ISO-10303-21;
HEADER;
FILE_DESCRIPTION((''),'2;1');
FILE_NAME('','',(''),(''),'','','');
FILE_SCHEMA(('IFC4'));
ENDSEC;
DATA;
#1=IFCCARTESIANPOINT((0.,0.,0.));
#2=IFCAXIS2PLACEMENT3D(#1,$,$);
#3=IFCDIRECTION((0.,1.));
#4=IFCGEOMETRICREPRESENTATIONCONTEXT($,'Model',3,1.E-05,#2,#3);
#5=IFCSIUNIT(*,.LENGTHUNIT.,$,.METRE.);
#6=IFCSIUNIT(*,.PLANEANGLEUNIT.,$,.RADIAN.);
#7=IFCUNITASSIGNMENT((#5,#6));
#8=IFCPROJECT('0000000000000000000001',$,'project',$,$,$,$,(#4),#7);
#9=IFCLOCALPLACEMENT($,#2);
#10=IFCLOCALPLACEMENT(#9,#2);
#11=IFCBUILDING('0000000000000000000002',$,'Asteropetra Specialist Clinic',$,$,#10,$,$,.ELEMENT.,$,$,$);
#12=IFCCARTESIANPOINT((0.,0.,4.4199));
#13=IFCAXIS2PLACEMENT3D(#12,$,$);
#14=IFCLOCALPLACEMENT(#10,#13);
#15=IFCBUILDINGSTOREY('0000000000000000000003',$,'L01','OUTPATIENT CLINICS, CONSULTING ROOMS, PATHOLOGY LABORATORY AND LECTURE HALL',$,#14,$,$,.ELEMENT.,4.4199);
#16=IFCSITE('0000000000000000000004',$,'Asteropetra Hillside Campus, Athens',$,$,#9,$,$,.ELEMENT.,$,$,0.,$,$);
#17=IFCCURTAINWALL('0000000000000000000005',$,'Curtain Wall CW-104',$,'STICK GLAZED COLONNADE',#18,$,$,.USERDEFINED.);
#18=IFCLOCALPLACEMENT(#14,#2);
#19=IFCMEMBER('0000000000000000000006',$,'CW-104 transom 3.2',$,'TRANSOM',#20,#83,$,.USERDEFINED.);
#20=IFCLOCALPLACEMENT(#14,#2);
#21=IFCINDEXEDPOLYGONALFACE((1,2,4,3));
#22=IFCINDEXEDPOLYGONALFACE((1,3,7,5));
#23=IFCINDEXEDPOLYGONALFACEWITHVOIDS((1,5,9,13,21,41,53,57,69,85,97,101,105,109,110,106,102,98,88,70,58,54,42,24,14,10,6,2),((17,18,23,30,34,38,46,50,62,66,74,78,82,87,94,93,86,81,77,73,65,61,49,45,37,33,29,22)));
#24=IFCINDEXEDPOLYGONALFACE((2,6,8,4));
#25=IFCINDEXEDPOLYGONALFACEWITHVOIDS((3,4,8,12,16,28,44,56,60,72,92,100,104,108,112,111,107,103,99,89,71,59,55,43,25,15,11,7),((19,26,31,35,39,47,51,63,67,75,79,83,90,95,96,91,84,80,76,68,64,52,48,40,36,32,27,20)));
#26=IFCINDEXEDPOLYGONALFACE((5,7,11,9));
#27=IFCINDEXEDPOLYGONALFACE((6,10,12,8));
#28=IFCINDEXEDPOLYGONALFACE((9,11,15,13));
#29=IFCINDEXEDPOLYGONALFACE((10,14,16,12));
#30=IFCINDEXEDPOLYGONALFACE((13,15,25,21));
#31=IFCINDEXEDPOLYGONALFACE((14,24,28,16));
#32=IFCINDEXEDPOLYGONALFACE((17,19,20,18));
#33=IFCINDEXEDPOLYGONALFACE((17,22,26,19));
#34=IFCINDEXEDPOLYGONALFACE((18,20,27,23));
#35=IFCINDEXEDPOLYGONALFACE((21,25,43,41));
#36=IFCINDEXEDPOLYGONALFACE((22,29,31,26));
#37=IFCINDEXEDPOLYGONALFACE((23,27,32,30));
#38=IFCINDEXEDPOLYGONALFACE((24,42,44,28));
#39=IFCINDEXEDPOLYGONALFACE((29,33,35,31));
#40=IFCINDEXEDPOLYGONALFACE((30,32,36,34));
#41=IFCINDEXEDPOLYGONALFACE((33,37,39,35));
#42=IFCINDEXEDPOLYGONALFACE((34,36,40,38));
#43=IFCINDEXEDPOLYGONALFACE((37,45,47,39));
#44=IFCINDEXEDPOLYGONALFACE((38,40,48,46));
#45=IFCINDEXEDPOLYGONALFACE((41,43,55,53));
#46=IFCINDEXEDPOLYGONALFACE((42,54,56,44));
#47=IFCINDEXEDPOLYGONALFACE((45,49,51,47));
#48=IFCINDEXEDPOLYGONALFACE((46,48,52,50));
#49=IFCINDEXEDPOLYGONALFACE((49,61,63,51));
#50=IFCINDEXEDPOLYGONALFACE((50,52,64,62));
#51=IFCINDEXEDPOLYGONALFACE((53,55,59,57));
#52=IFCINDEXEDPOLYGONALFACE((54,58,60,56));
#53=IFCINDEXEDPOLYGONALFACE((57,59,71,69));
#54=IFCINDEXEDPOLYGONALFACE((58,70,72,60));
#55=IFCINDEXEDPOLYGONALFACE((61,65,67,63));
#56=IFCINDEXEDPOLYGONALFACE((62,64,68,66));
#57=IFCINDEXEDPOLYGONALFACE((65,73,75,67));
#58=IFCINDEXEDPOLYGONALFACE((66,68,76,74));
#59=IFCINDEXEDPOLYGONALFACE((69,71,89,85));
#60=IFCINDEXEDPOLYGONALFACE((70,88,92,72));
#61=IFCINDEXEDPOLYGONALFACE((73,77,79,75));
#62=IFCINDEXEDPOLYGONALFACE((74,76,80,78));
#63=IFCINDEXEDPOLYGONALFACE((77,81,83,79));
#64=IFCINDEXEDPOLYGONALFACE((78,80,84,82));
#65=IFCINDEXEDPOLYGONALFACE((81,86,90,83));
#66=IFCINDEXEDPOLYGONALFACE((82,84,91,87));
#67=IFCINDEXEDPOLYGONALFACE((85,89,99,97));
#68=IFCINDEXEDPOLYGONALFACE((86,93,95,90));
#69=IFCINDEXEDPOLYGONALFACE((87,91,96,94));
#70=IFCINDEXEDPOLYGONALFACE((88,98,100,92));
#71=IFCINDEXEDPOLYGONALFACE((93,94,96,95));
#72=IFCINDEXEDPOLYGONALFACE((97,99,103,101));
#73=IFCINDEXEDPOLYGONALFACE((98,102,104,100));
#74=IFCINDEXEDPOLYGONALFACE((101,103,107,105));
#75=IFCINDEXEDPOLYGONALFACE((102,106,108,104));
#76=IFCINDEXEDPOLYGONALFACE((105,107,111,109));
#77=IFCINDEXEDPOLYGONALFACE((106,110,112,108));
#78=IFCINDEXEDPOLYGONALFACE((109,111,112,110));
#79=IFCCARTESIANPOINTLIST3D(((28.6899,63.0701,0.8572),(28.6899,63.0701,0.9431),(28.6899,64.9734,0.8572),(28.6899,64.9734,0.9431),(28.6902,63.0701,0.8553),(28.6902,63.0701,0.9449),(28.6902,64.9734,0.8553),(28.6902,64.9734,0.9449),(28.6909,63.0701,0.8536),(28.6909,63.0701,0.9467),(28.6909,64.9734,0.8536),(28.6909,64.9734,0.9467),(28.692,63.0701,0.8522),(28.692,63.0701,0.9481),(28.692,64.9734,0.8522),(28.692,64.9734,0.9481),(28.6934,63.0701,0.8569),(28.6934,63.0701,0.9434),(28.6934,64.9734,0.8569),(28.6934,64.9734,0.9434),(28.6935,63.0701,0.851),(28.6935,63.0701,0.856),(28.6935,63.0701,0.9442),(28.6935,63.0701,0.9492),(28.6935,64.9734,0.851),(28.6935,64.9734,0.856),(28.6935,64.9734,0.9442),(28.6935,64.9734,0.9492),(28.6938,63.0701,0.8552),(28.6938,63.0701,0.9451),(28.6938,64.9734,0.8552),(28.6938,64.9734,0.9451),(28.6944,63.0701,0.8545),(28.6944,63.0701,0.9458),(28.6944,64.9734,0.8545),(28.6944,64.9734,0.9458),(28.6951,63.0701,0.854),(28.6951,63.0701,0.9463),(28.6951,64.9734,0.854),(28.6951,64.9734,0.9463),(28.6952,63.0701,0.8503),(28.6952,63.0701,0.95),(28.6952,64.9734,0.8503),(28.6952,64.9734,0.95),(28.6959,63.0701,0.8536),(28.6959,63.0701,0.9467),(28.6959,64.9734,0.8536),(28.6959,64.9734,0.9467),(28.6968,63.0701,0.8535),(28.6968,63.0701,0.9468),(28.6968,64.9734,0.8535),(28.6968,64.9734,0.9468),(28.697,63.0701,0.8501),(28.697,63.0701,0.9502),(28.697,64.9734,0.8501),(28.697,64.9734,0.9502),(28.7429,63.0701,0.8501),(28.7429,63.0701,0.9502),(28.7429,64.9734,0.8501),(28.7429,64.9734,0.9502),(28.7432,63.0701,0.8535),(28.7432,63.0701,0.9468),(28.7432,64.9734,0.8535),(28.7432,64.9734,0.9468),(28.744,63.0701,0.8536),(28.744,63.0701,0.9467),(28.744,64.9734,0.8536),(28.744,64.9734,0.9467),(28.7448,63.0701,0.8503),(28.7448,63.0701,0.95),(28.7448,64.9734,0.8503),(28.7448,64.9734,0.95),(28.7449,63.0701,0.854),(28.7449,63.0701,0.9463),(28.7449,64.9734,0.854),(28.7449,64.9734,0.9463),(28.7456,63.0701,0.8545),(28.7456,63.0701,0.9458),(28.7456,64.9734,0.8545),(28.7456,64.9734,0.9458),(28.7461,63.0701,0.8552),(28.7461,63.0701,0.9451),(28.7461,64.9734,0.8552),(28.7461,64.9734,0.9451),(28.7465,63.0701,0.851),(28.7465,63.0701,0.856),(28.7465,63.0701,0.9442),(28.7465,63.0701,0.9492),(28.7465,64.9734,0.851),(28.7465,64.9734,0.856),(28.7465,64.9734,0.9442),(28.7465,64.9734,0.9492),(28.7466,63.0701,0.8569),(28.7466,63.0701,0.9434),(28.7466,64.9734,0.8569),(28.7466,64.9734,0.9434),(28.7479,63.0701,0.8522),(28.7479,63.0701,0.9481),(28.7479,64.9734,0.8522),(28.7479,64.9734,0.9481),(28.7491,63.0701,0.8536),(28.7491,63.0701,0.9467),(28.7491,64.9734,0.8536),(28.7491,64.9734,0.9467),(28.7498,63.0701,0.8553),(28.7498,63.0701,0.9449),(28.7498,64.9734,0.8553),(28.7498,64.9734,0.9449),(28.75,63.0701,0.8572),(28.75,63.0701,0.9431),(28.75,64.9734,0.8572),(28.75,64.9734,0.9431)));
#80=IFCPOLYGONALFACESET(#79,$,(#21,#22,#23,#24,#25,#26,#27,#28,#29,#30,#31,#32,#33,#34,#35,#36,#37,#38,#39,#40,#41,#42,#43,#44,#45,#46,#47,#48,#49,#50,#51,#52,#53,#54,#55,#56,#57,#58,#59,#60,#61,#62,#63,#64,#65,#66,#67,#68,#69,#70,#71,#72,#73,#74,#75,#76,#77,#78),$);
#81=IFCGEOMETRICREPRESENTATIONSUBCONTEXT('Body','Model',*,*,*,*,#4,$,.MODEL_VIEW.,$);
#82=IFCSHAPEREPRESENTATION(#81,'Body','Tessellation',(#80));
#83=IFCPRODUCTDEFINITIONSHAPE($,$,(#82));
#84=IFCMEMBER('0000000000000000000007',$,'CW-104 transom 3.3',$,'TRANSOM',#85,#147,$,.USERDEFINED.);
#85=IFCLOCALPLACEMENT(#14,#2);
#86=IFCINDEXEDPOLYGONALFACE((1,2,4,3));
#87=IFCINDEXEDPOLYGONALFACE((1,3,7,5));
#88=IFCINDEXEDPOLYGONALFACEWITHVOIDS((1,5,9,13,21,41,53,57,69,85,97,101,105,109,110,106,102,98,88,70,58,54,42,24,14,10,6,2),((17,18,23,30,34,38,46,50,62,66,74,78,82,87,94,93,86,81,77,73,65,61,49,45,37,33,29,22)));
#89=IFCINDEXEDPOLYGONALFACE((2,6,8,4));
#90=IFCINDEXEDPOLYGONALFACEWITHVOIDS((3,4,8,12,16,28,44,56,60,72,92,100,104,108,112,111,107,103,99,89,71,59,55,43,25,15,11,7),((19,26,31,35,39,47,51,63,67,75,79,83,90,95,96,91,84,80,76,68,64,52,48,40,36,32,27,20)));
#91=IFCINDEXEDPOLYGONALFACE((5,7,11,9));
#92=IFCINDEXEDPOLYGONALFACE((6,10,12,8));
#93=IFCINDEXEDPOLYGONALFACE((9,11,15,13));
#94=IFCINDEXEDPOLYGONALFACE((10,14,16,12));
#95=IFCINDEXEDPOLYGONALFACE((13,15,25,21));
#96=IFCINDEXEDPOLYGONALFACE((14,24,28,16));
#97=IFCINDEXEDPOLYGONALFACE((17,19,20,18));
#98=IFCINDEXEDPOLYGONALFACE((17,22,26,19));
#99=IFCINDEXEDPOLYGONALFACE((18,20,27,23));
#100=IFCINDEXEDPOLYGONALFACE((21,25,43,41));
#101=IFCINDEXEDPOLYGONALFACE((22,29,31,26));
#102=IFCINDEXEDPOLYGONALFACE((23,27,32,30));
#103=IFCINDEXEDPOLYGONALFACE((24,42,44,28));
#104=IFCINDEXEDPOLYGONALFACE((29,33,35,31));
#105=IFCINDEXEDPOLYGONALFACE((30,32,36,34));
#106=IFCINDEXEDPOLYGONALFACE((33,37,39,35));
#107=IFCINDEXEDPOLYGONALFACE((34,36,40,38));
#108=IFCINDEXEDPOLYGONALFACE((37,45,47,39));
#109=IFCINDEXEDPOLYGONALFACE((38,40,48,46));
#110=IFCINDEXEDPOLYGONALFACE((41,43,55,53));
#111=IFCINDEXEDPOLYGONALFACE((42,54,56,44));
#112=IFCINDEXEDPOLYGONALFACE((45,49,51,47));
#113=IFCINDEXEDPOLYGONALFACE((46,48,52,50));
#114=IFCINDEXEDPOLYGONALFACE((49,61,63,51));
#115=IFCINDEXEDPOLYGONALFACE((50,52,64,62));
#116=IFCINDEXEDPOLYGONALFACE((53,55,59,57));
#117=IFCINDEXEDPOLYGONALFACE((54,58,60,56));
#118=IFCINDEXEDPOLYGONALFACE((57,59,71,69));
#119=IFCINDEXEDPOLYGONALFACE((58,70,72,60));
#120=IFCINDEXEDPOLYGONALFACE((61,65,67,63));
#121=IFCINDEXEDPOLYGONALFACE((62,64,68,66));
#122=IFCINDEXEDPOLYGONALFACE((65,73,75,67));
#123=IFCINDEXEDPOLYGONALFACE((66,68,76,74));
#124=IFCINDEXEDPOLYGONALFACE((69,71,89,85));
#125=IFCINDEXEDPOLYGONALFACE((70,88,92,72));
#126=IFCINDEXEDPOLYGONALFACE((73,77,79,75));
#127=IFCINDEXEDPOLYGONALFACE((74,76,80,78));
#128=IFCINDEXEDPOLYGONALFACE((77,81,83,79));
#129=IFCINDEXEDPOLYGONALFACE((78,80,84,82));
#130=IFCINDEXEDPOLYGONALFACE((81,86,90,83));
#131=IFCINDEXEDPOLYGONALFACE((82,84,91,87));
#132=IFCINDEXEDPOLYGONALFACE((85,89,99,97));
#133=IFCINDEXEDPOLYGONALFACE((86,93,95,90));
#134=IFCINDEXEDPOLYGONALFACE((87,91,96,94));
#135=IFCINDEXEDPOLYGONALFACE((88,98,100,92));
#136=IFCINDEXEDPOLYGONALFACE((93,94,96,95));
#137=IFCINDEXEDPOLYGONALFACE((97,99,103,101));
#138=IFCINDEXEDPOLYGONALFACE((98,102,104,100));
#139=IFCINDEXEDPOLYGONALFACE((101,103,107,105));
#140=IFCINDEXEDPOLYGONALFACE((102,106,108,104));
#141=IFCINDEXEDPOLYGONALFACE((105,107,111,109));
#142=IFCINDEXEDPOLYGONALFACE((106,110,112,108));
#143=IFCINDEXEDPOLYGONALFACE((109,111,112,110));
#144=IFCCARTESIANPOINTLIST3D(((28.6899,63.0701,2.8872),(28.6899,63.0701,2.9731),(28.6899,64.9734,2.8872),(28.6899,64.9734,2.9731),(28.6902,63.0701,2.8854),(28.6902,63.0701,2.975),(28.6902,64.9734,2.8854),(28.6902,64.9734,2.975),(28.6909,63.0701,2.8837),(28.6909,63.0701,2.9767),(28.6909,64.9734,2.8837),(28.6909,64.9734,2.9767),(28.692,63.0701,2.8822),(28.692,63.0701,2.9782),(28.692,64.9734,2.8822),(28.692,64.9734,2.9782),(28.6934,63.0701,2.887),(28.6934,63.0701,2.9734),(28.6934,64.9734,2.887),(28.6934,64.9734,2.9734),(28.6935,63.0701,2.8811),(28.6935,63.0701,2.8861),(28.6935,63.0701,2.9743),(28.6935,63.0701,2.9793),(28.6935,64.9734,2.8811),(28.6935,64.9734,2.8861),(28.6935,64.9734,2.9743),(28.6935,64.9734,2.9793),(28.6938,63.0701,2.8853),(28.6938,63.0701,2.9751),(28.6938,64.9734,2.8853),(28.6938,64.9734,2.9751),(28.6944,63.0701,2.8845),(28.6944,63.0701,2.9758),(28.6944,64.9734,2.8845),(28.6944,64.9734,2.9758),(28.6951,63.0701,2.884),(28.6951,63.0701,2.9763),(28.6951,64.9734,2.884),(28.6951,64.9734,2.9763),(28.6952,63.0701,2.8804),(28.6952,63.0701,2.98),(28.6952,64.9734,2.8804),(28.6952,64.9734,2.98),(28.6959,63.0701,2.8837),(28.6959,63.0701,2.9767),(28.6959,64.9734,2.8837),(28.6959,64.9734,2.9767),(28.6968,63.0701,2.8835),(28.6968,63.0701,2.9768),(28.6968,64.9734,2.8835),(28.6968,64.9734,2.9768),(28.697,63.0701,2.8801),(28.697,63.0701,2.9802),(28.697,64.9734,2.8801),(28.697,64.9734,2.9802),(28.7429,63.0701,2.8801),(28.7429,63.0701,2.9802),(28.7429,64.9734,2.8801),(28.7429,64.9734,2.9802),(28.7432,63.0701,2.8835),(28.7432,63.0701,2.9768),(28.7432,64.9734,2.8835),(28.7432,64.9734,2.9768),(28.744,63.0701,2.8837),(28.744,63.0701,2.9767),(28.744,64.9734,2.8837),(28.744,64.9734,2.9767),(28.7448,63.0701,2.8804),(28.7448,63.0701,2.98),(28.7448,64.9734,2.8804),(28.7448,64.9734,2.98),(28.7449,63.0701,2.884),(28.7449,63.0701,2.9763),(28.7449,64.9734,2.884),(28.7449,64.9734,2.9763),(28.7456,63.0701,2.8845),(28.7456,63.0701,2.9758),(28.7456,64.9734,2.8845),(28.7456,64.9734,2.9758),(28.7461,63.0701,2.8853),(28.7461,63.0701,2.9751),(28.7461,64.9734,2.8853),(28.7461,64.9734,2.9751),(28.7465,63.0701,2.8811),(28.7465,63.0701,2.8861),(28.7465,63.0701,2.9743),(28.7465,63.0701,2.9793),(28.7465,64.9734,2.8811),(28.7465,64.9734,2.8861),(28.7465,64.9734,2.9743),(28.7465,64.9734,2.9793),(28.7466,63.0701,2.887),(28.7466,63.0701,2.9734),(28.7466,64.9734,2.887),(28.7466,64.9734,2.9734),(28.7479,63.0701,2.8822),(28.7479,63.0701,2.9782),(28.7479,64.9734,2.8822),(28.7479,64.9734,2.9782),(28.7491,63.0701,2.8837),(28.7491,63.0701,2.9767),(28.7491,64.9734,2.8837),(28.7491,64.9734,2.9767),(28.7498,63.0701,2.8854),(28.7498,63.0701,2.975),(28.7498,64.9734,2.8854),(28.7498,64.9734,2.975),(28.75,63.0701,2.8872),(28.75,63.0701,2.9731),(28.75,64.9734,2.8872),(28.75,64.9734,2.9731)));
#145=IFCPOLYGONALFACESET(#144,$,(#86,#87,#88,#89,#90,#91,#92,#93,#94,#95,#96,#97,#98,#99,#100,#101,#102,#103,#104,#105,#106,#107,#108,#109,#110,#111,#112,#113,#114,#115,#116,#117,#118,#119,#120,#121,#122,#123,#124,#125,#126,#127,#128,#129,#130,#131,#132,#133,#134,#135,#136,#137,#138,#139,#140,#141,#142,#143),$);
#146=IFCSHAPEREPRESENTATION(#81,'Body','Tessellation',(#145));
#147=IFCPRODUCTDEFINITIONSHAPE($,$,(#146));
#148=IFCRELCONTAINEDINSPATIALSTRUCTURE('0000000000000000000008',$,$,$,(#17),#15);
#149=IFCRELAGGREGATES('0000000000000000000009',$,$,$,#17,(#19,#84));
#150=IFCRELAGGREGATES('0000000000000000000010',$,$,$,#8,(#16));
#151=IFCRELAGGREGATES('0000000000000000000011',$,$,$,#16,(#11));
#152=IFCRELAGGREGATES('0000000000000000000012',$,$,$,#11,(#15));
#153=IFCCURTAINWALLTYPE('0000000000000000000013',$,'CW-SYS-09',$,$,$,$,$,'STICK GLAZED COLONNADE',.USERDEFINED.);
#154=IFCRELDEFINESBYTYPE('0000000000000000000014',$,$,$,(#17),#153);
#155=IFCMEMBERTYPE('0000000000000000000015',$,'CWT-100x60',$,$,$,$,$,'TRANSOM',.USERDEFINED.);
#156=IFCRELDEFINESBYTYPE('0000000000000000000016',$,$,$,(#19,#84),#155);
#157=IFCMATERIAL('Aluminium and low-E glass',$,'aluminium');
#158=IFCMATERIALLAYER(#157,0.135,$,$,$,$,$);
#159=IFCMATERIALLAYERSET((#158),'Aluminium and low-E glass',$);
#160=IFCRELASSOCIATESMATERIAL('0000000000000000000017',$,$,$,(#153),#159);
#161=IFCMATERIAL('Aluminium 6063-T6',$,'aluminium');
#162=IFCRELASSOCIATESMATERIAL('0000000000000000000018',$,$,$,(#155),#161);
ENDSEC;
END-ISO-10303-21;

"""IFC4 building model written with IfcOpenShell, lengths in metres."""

from ifc_helpers import new_model, si_unit, direction, frame, origin, origin_2d, place, context, subcontext, project, spatial, hollow_rectangle, extrude, material, layer, layer_set, material_profile, profile_set, type_object, element, aggregate, save


model = new_model("IFC4")

# Units and contexts
model_context = context("Model", 3, precision=1e-05, world=origin(), true_north=direction((0.0, 1.0)))
body_context = subcontext(model_context, "Body", "Model", "MODEL_VIEW")
ifc_project = project(units=[si_unit("LENGTHUNIT", "METRE"), si_unit("PLANEANGLEUNIT", "RADIAN")], contexts=[model_context])

# Site, building, storey
site_placement = place(None, origin())
site = spatial("IfcSite", under=ifc_project, at=site_placement, Name="Asteropetra Hillside Campus, Athens", CompositionType="ELEMENT", RefElevation=0.0)
building_placement = place(site_placement, origin())
building = spatial("IfcBuilding", under=site, at=building_placement, Name="Asteropetra Specialist Clinic", CompositionType="ELEMENT")
storey_placement = place(building_placement, frame((0.0, 0.0, 4.4199)))
storey = spatial("IfcBuildingStorey", under=building, at=storey_placement, Name="L01", Description="OUTPATIENT CLINICS, CONSULTING ROOMS, PATHOLOGY LABORATORY AND LECTURE HALL", CompositionType="ELEMENT", Elevation=4.4199)

# Curtain wall, members
ifc_material_1 = material(Name="Aluminium and low-E glass", Category="aluminium")
ifc_layer_1 = layer(ifc_material_1, 0.135)
ifc_layer_set_1 = layer_set([ifc_layer_1], Name="Aluminium and low-E glass")
curtain_wall_type = type_object("IfcCurtainWallType", Name="CW-SYS-09", ElementType="STICK GLAZED COLONNADE", PredefinedType="USERDEFINED", material=ifc_layer_set_1)
curtain_wall_placement = place(storey_placement, origin())
curtain_wall = element("IfcCurtainWall", 1, at=curtain_wall_placement, inside=storey, type_object=curtain_wall_type, Name="Curtain Wall CW-104", ObjectType="STICK GLAZED COLONNADE", PredefinedType="USERDEFINED")
ifc_material_2 = material(Name="Aluminium 6063-T6", Category="aluminium")
ifc_material_profile_1 = material_profile(ifc_material_2, hollow_rectangle(XDim=0.0601, YDim=0.1001, WallThickness=0.0034, InnerFilletRadius=0.0034, OuterFilletRadius=0.0071, at=origin_2d()), Name="TRN 100x60x3.5")
ifc_profile_set_1 = profile_set([ifc_material_profile_1], Name="Aluminium 6063-T6")
member_type_1 = type_object("IfcMemberType", Name="CWT-100x60", ElementType="TRANSOM", PredefinedType="USERDEFINED", material=ifc_profile_set_1)
member_1_placement = place(storey_placement, frame((28.72, 64.9734, 0.9001), z_axis=(0.0, -1.0, 0.0), x_axis=(1.0, 0.0, 0.0)))
member_1 = element("IfcMember", 2, at=member_1_placement, type_object=member_type_1, Name="CW-104 transom 3.2", ObjectType="TRANSOM", PredefinedType="USERDEFINED", context=body_context, shape_type="SweptSolid", body=[
    extrude(hollow_rectangle(XDim=0.0601, YDim=0.1001, WallThickness=0.0034, InnerFilletRadius=0.0034, OuterFilletRadius=0.0071, at=origin_2d()), origin(), (0.0, 0.0, 1.0), 1.9033),
])
member_2_placement = place(storey_placement, frame((28.72, 64.9734, 2.9302), z_axis=(0.0, -1.0, 0.0), x_axis=(1.0, 0.0, 0.0)))
member_2 = element("IfcMember", 3, at=member_2_placement, type_object=member_type_1, Name="CW-104 transom 3.3", ObjectType="TRANSOM", PredefinedType="USERDEFINED", context=body_context, shape_type="SweptSolid", body=[
    extrude(hollow_rectangle(XDim=0.0601, YDim=0.1001, WallThickness=0.0034, InnerFilletRadius=0.0034, OuterFilletRadius=0.0071, at=origin_2d()), origin(), (0.0, 0.0, 1.0), 1.9033),
])
aggregate(curtain_wall, [member_1, member_2])

save(model, "model.ifc")
